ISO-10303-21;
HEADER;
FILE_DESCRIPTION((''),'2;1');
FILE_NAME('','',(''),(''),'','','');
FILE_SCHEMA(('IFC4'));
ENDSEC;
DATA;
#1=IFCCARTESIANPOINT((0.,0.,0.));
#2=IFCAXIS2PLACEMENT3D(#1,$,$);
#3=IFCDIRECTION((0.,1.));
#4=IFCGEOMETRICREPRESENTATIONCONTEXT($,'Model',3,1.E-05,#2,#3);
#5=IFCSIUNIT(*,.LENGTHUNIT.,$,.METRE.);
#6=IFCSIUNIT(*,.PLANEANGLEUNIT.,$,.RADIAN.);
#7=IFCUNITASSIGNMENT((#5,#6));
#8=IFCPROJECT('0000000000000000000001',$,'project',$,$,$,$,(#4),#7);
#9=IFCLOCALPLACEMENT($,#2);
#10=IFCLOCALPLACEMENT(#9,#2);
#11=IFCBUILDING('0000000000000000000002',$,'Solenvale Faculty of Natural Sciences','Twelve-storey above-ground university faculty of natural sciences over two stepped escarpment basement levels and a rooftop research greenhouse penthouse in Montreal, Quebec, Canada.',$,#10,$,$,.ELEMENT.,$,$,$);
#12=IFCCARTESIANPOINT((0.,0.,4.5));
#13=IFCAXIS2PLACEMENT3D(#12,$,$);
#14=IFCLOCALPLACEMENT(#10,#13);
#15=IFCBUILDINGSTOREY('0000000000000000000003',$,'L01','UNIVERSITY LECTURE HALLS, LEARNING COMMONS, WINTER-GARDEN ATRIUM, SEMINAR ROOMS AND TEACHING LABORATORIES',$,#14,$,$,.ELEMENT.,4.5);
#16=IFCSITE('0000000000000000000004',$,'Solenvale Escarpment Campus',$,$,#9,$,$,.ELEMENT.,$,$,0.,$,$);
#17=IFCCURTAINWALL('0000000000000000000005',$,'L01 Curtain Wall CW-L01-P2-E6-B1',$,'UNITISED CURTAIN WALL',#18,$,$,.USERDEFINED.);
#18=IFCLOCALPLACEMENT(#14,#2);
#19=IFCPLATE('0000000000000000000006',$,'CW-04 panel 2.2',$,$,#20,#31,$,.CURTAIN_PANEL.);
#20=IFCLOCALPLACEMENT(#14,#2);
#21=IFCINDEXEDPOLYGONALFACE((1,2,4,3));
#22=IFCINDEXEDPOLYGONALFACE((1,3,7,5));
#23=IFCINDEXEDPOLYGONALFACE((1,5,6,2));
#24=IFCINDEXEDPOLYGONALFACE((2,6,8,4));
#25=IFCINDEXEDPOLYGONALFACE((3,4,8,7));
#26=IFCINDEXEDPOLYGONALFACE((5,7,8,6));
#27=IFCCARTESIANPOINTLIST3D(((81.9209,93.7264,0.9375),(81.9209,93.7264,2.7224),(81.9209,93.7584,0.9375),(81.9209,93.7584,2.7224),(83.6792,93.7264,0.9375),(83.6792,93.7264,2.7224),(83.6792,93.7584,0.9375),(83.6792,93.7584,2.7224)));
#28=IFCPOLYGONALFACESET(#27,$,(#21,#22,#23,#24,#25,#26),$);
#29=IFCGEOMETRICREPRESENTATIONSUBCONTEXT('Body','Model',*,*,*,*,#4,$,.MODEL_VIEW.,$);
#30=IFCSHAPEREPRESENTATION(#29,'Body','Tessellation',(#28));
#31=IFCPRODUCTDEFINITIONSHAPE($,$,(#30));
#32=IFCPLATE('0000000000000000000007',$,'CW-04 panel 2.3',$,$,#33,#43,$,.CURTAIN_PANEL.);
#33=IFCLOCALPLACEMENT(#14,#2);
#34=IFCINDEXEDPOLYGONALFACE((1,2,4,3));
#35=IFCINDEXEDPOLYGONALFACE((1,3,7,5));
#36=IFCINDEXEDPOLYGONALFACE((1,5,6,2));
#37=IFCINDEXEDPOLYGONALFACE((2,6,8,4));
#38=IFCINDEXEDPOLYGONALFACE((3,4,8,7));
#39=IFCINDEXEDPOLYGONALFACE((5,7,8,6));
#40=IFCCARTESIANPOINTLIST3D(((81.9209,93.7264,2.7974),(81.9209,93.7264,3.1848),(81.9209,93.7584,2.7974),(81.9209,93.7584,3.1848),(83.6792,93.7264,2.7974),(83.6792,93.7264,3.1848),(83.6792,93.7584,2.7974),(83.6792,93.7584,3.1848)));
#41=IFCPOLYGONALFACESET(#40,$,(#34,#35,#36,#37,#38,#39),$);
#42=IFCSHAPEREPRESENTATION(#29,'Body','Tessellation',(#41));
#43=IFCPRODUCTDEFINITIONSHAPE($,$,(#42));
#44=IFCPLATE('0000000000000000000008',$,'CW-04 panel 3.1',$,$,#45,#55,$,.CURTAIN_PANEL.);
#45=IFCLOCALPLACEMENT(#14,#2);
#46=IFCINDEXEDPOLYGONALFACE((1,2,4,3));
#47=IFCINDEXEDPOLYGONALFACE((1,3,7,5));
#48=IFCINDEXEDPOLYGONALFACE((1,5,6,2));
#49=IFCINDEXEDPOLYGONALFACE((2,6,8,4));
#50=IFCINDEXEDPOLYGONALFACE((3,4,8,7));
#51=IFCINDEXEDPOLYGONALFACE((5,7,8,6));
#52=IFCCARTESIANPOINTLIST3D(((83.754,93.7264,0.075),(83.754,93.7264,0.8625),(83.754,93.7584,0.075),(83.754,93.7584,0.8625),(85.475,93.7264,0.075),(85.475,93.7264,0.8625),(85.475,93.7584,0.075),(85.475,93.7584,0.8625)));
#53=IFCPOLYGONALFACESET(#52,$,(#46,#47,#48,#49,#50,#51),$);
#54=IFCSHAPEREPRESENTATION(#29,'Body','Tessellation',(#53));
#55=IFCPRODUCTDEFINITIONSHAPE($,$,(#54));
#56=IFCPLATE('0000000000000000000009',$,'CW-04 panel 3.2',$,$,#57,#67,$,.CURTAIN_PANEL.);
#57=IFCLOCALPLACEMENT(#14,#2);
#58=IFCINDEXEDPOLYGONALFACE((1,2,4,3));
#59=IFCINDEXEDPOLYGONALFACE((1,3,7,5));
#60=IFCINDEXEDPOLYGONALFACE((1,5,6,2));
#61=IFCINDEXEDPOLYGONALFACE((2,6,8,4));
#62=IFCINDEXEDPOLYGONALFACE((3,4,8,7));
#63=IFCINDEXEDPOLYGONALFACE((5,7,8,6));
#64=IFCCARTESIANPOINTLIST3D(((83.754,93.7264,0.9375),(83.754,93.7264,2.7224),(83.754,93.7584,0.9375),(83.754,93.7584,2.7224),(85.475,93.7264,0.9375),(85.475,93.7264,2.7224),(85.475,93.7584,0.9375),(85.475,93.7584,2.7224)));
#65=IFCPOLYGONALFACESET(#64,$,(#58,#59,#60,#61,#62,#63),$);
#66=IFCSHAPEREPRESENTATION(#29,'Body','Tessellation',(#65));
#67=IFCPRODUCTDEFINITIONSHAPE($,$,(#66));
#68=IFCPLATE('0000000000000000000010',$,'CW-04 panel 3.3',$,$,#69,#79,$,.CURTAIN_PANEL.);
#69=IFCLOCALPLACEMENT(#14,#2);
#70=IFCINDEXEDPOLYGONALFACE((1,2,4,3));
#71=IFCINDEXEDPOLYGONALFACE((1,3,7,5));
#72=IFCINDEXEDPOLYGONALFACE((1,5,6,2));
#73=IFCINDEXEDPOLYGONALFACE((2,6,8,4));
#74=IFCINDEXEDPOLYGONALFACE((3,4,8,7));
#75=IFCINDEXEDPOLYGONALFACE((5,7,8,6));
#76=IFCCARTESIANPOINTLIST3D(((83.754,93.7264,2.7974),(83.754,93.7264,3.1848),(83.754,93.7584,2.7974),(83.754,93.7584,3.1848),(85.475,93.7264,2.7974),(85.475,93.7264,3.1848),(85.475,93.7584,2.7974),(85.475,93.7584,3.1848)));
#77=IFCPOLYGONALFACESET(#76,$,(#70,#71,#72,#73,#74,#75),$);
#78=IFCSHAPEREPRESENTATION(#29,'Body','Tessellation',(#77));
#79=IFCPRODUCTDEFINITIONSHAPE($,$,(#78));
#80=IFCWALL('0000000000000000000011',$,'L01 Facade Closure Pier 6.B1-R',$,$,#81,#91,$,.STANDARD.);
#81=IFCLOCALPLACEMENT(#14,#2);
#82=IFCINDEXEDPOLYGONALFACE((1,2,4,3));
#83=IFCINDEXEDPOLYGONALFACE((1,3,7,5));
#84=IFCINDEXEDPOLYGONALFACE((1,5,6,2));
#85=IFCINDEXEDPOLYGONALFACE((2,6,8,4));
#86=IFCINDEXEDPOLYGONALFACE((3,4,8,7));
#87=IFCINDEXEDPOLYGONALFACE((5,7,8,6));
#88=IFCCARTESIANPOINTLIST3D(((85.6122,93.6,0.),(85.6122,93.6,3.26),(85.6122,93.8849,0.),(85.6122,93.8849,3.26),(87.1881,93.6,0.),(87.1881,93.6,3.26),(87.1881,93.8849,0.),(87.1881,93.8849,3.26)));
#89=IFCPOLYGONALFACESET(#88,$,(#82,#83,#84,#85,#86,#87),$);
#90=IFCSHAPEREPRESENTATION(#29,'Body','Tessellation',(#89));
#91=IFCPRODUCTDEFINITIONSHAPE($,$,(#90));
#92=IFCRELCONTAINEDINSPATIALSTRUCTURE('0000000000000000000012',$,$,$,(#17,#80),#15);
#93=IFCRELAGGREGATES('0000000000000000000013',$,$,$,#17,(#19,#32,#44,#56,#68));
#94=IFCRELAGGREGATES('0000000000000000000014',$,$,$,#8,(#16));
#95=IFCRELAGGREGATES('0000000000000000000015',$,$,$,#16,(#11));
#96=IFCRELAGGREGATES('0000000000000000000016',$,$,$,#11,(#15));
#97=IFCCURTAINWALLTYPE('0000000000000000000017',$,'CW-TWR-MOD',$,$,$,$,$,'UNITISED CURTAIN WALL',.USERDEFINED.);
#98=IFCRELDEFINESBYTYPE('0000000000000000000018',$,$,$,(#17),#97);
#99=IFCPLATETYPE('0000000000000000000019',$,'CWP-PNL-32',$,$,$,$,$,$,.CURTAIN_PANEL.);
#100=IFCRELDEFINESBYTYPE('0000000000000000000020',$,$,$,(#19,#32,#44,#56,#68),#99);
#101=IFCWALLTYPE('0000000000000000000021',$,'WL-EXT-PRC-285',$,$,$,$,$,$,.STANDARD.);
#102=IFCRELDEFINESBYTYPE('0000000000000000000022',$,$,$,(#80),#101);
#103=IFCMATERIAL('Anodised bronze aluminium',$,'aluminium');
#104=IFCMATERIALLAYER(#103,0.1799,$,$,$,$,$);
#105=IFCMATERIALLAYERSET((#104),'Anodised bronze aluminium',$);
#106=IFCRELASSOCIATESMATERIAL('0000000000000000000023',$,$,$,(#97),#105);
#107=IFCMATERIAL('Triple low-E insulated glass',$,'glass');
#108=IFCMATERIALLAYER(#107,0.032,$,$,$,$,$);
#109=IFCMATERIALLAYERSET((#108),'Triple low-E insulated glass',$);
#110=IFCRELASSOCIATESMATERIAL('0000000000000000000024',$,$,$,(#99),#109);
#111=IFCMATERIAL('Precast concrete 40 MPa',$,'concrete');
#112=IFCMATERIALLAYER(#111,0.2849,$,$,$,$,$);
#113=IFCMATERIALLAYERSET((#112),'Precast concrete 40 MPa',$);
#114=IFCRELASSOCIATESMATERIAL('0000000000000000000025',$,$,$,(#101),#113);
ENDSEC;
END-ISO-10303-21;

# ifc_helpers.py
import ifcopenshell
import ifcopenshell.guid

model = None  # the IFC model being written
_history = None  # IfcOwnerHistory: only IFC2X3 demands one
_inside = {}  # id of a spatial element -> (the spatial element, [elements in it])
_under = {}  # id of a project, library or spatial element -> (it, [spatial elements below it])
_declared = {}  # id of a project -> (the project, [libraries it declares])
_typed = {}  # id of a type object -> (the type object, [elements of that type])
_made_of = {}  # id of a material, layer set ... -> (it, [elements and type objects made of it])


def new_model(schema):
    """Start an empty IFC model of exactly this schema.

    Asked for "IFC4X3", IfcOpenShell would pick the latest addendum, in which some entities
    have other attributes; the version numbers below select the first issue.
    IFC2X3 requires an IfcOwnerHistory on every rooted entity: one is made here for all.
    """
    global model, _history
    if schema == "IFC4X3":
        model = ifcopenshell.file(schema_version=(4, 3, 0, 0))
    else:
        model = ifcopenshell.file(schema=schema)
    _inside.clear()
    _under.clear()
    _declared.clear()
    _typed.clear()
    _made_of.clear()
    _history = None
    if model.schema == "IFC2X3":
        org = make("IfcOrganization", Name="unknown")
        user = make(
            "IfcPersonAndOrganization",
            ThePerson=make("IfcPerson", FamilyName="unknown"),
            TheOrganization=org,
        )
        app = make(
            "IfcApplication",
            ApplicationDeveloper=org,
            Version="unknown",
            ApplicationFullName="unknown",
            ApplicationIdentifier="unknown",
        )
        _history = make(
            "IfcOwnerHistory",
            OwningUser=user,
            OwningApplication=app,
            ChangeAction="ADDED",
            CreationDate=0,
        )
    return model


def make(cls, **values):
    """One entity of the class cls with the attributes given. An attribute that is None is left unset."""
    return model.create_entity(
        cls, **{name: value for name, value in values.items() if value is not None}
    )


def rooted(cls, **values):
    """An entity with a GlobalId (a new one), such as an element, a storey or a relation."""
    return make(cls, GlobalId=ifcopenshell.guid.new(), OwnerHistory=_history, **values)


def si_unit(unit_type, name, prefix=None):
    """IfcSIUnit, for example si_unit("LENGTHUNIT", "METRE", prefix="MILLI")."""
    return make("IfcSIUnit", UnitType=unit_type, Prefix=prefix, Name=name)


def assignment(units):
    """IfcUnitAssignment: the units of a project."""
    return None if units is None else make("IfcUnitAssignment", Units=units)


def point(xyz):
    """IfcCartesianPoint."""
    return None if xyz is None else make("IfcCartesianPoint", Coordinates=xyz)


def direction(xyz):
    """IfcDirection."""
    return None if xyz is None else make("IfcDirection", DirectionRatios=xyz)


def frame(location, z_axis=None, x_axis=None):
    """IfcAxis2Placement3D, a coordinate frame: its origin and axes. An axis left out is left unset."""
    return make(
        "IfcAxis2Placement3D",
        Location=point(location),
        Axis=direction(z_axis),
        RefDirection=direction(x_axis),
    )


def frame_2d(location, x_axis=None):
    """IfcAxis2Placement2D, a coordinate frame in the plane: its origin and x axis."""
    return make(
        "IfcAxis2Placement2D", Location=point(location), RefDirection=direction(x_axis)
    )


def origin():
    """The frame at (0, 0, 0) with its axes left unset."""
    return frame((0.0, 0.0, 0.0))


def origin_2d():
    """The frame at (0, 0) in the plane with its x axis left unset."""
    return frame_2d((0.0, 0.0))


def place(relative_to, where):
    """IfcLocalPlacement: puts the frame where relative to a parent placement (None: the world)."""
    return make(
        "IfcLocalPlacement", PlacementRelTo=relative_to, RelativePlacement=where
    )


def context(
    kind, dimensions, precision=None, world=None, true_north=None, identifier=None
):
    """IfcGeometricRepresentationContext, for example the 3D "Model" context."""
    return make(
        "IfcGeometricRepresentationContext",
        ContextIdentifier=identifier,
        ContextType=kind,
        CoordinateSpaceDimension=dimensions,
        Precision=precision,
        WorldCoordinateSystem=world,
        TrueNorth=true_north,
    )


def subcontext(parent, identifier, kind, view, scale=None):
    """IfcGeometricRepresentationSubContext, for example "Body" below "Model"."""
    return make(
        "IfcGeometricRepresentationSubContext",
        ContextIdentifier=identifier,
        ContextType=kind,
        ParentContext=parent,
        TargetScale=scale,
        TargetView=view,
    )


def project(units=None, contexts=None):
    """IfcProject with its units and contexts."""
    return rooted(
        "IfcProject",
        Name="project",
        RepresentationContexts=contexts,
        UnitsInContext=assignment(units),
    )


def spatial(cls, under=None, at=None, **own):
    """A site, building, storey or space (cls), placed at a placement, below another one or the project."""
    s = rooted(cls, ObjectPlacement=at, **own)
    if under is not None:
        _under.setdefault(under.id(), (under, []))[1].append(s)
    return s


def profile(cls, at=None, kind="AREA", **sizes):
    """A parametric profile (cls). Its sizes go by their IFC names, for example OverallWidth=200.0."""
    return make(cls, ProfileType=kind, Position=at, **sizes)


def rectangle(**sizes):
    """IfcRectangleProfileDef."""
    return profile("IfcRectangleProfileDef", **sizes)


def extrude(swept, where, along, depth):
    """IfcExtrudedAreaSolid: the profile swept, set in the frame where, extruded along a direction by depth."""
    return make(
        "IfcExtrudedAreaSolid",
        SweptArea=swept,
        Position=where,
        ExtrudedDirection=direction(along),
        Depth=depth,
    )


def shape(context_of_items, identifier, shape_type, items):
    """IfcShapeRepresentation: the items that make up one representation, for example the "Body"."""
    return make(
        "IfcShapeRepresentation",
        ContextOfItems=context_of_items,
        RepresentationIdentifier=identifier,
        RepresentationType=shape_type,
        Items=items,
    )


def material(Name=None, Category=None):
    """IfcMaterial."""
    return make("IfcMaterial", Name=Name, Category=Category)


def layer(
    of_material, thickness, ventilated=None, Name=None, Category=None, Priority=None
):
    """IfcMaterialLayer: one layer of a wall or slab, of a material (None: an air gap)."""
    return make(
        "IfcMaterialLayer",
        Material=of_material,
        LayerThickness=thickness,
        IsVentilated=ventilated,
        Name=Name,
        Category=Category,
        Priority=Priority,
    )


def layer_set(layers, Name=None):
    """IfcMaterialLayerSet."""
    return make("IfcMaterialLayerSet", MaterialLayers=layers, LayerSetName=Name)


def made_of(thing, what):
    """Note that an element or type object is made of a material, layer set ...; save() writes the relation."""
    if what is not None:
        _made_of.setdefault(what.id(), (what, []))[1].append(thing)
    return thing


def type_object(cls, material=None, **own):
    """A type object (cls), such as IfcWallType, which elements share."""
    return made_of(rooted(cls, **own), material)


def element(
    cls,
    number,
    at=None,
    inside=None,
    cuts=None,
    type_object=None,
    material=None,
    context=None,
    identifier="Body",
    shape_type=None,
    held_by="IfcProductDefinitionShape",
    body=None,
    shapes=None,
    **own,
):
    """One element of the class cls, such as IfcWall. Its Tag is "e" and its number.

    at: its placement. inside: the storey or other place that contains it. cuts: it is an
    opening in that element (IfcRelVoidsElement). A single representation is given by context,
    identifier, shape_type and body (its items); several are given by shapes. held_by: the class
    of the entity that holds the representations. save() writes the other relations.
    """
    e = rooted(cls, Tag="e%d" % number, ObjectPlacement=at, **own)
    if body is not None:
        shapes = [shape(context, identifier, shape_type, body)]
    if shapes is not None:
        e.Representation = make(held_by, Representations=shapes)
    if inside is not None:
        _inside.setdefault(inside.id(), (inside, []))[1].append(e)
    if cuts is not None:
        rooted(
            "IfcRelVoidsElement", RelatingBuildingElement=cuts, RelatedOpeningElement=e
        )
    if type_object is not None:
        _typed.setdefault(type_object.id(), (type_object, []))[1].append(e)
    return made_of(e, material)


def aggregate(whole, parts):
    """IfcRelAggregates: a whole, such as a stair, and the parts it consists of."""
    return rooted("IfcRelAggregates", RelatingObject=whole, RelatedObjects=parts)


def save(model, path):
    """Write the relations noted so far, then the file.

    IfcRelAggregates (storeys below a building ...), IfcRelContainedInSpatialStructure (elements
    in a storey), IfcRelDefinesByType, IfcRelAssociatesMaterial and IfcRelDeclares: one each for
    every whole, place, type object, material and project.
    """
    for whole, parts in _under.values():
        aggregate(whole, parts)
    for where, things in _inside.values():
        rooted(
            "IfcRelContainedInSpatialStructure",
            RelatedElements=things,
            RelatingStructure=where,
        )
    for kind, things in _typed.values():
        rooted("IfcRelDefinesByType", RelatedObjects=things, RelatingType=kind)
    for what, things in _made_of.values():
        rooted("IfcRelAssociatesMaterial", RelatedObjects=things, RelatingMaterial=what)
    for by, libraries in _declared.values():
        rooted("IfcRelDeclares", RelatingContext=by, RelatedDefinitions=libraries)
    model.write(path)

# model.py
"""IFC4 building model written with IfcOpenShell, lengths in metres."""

from ifc_helpers import new_model, si_unit, direction, frame, frame_2d, origin, origin_2d, place, context, subcontext, project, spatial, rectangle, extrude, material, layer, layer_set, type_object, element, aggregate, save


model = new_model("IFC4")

# Units and contexts
model_context = context("Model", 3, precision=1e-05, world=origin(), true_north=direction((0.0, 1.0)))
body_context = subcontext(model_context, "Body", "Model", "MODEL_VIEW")
ifc_project = project(units=[si_unit("LENGTHUNIT", "METRE"), si_unit("PLANEANGLEUNIT", "RADIAN")], contexts=[model_context])

# Site, building, storey
site_placement = place(None, origin())
site = spatial("IfcSite", under=ifc_project, at=site_placement, Name="Solenvale Escarpment Campus", CompositionType="ELEMENT", RefElevation=0.0)
building_placement = place(site_placement, origin())
building = spatial("IfcBuilding", under=site, at=building_placement, Name="Solenvale Faculty of Natural Sciences", Description="Twelve-storey above-ground university faculty of natural sciences over two stepped escarpment basement levels and a rooftop research greenhouse penthouse in Montreal, Quebec, Canada.", CompositionType="ELEMENT")
storey_placement = place(building_placement, frame((0.0, 0.0, 4.5)))
storey = spatial("IfcBuildingStorey", under=building, at=storey_placement, Name="L01", Description="UNIVERSITY LECTURE HALLS, LEARNING COMMONS, WINTER-GARDEN ATRIUM, SEMINAR ROOMS AND TEACHING LABORATORIES", CompositionType="ELEMENT", Elevation=4.5)

# Curtain wall, plates
ifc_material_1 = material(Name="Anodised bronze aluminium", Category="aluminium")
ifc_layer_1 = layer(ifc_material_1, 0.1799)
ifc_layer_set_1 = layer_set([ifc_layer_1], Name="Anodised bronze aluminium")
curtain_wall_type = type_object("IfcCurtainWallType", Name="CW-TWR-MOD", ElementType="UNITISED CURTAIN WALL", PredefinedType="USERDEFINED", material=ifc_layer_set_1)
curtain_wall_placement = place(storey_placement, origin())
curtain_wall = element("IfcCurtainWall", 1, at=curtain_wall_placement, inside=storey, type_object=curtain_wall_type, Name="L01 Curtain Wall CW-L01-P2-E6-B1", ObjectType="UNITISED CURTAIN WALL", PredefinedType="USERDEFINED")
ifc_material_2 = material(Name="Triple low-E insulated glass", Category="glass")
ifc_layer_2 = layer(ifc_material_2, 0.032)
ifc_layer_set_2 = layer_set([ifc_layer_2], Name="Triple low-E insulated glass")
plate_type = type_object("IfcPlateType", Name="CWP-PNL-32", PredefinedType="CURTAIN_PANEL", material=ifc_layer_set_2)
plate_1_placement = place(storey_placement, frame((82.8, 93.7424, 0.9375), z_axis=(0.0, 0.0, 1.0), x_axis=(1.0, 0.0, 0.0)))
plate_1 = element("IfcPlate", 2, at=plate_1_placement, type_object=plate_type, Name="CW-04 panel 2.2", PredefinedType="CURTAIN_PANEL", context=body_context, shape_type="SweptSolid", body=[
    extrude(rectangle(XDim=1.7583, YDim=0.032, at=origin_2d()), origin(), (0.0, 0.0, 1.0), 1.7849),
])
plate_2_placement = place(storey_placement, frame((82.8, 93.7424, 2.7974), z_axis=(0.0, 0.0, 1.0), x_axis=(1.0, 0.0, 0.0)))
plate_2 = element("IfcPlate", 3, at=plate_2_placement, type_object=plate_type, Name="CW-04 panel 2.3", PredefinedType="CURTAIN_PANEL", context=body_context, shape_type="SweptSolid", body=[
    extrude(rectangle(XDim=1.7583, YDim=0.032, at=origin_2d()), origin(), (0.0, 0.0, 1.0), 0.3875),
])
plate_3_placement = place(storey_placement, frame((84.6145, 93.7424, 0.075), z_axis=(0.0, 0.0, 1.0), x_axis=(1.0, 0.0, 0.0)))
plate_3 = element("IfcPlate", 4, at=plate_3_placement, type_object=plate_type, Name="CW-04 panel 3.1", PredefinedType="CURTAIN_PANEL", context=body_context, shape_type="SweptSolid", body=[
    extrude(rectangle(XDim=1.7209, YDim=0.032, at=origin_2d()), origin(), (0.0, 0.0, 1.0), 0.7876),
])
plate_4_placement = place(storey_placement, frame((84.6145, 93.7424, 0.9375), z_axis=(0.0, 0.0, 1.0), x_axis=(1.0, 0.0, 0.0)))
plate_4 = element("IfcPlate", 5, at=plate_4_placement, type_object=plate_type, Name="CW-04 panel 3.2", PredefinedType="CURTAIN_PANEL", context=body_context, shape_type="SweptSolid", body=[
    extrude(rectangle(XDim=1.7209, YDim=0.032, at=origin_2d()), origin(), (0.0, 0.0, 1.0), 1.7849),
])
plate_5_placement = place(storey_placement, frame((84.6145, 93.7424, 2.7974), z_axis=(0.0, 0.0, 1.0), x_axis=(1.0, 0.0, 0.0)))
plate_5 = element("IfcPlate", 6, at=plate_5_placement, type_object=plate_type, Name="CW-04 panel 3.3", PredefinedType="CURTAIN_PANEL", context=body_context, shape_type="SweptSolid", body=[
    extrude(rectangle(XDim=1.7209, YDim=0.032, at=origin_2d()), origin(), (0.0, 0.0, 1.0), 0.3875),
])
aggregate(curtain_wall, [plate_1, plate_2, plate_3, plate_4, plate_5])

# Wall
ifc_material_3 = material(Name="Precast concrete 40 MPa", Category="concrete")
ifc_layer_3 = layer(ifc_material_3, 0.2849)
ifc_layer_set_3 = layer_set([ifc_layer_3], Name="Precast concrete 40 MPa")
wall_type = type_object("IfcWallType", Name="WL-EXT-PRC-285", PredefinedType="STANDARD", material=ifc_layer_set_3)
wall_placement = place(storey_placement, frame((85.6121, 93.7424, 0.0), z_axis=(0.0, 0.0, 1.0), x_axis=(1.0, 0.0, 0.0)))
element("IfcWall", 7, at=wall_placement, inside=storey, type_object=wall_type, Name="L01 Facade Closure Pier 6.B1-R", PredefinedType="STANDARD", context=body_context, shape_type="SweptSolid", body=[
    extrude(rectangle(XDim=1.5759, YDim=0.2849, at=frame_2d((0.7881, 0.0))), origin(), (0.0, 0.0, 1.0), 3.26),
])

save(model, "model.ifc")
